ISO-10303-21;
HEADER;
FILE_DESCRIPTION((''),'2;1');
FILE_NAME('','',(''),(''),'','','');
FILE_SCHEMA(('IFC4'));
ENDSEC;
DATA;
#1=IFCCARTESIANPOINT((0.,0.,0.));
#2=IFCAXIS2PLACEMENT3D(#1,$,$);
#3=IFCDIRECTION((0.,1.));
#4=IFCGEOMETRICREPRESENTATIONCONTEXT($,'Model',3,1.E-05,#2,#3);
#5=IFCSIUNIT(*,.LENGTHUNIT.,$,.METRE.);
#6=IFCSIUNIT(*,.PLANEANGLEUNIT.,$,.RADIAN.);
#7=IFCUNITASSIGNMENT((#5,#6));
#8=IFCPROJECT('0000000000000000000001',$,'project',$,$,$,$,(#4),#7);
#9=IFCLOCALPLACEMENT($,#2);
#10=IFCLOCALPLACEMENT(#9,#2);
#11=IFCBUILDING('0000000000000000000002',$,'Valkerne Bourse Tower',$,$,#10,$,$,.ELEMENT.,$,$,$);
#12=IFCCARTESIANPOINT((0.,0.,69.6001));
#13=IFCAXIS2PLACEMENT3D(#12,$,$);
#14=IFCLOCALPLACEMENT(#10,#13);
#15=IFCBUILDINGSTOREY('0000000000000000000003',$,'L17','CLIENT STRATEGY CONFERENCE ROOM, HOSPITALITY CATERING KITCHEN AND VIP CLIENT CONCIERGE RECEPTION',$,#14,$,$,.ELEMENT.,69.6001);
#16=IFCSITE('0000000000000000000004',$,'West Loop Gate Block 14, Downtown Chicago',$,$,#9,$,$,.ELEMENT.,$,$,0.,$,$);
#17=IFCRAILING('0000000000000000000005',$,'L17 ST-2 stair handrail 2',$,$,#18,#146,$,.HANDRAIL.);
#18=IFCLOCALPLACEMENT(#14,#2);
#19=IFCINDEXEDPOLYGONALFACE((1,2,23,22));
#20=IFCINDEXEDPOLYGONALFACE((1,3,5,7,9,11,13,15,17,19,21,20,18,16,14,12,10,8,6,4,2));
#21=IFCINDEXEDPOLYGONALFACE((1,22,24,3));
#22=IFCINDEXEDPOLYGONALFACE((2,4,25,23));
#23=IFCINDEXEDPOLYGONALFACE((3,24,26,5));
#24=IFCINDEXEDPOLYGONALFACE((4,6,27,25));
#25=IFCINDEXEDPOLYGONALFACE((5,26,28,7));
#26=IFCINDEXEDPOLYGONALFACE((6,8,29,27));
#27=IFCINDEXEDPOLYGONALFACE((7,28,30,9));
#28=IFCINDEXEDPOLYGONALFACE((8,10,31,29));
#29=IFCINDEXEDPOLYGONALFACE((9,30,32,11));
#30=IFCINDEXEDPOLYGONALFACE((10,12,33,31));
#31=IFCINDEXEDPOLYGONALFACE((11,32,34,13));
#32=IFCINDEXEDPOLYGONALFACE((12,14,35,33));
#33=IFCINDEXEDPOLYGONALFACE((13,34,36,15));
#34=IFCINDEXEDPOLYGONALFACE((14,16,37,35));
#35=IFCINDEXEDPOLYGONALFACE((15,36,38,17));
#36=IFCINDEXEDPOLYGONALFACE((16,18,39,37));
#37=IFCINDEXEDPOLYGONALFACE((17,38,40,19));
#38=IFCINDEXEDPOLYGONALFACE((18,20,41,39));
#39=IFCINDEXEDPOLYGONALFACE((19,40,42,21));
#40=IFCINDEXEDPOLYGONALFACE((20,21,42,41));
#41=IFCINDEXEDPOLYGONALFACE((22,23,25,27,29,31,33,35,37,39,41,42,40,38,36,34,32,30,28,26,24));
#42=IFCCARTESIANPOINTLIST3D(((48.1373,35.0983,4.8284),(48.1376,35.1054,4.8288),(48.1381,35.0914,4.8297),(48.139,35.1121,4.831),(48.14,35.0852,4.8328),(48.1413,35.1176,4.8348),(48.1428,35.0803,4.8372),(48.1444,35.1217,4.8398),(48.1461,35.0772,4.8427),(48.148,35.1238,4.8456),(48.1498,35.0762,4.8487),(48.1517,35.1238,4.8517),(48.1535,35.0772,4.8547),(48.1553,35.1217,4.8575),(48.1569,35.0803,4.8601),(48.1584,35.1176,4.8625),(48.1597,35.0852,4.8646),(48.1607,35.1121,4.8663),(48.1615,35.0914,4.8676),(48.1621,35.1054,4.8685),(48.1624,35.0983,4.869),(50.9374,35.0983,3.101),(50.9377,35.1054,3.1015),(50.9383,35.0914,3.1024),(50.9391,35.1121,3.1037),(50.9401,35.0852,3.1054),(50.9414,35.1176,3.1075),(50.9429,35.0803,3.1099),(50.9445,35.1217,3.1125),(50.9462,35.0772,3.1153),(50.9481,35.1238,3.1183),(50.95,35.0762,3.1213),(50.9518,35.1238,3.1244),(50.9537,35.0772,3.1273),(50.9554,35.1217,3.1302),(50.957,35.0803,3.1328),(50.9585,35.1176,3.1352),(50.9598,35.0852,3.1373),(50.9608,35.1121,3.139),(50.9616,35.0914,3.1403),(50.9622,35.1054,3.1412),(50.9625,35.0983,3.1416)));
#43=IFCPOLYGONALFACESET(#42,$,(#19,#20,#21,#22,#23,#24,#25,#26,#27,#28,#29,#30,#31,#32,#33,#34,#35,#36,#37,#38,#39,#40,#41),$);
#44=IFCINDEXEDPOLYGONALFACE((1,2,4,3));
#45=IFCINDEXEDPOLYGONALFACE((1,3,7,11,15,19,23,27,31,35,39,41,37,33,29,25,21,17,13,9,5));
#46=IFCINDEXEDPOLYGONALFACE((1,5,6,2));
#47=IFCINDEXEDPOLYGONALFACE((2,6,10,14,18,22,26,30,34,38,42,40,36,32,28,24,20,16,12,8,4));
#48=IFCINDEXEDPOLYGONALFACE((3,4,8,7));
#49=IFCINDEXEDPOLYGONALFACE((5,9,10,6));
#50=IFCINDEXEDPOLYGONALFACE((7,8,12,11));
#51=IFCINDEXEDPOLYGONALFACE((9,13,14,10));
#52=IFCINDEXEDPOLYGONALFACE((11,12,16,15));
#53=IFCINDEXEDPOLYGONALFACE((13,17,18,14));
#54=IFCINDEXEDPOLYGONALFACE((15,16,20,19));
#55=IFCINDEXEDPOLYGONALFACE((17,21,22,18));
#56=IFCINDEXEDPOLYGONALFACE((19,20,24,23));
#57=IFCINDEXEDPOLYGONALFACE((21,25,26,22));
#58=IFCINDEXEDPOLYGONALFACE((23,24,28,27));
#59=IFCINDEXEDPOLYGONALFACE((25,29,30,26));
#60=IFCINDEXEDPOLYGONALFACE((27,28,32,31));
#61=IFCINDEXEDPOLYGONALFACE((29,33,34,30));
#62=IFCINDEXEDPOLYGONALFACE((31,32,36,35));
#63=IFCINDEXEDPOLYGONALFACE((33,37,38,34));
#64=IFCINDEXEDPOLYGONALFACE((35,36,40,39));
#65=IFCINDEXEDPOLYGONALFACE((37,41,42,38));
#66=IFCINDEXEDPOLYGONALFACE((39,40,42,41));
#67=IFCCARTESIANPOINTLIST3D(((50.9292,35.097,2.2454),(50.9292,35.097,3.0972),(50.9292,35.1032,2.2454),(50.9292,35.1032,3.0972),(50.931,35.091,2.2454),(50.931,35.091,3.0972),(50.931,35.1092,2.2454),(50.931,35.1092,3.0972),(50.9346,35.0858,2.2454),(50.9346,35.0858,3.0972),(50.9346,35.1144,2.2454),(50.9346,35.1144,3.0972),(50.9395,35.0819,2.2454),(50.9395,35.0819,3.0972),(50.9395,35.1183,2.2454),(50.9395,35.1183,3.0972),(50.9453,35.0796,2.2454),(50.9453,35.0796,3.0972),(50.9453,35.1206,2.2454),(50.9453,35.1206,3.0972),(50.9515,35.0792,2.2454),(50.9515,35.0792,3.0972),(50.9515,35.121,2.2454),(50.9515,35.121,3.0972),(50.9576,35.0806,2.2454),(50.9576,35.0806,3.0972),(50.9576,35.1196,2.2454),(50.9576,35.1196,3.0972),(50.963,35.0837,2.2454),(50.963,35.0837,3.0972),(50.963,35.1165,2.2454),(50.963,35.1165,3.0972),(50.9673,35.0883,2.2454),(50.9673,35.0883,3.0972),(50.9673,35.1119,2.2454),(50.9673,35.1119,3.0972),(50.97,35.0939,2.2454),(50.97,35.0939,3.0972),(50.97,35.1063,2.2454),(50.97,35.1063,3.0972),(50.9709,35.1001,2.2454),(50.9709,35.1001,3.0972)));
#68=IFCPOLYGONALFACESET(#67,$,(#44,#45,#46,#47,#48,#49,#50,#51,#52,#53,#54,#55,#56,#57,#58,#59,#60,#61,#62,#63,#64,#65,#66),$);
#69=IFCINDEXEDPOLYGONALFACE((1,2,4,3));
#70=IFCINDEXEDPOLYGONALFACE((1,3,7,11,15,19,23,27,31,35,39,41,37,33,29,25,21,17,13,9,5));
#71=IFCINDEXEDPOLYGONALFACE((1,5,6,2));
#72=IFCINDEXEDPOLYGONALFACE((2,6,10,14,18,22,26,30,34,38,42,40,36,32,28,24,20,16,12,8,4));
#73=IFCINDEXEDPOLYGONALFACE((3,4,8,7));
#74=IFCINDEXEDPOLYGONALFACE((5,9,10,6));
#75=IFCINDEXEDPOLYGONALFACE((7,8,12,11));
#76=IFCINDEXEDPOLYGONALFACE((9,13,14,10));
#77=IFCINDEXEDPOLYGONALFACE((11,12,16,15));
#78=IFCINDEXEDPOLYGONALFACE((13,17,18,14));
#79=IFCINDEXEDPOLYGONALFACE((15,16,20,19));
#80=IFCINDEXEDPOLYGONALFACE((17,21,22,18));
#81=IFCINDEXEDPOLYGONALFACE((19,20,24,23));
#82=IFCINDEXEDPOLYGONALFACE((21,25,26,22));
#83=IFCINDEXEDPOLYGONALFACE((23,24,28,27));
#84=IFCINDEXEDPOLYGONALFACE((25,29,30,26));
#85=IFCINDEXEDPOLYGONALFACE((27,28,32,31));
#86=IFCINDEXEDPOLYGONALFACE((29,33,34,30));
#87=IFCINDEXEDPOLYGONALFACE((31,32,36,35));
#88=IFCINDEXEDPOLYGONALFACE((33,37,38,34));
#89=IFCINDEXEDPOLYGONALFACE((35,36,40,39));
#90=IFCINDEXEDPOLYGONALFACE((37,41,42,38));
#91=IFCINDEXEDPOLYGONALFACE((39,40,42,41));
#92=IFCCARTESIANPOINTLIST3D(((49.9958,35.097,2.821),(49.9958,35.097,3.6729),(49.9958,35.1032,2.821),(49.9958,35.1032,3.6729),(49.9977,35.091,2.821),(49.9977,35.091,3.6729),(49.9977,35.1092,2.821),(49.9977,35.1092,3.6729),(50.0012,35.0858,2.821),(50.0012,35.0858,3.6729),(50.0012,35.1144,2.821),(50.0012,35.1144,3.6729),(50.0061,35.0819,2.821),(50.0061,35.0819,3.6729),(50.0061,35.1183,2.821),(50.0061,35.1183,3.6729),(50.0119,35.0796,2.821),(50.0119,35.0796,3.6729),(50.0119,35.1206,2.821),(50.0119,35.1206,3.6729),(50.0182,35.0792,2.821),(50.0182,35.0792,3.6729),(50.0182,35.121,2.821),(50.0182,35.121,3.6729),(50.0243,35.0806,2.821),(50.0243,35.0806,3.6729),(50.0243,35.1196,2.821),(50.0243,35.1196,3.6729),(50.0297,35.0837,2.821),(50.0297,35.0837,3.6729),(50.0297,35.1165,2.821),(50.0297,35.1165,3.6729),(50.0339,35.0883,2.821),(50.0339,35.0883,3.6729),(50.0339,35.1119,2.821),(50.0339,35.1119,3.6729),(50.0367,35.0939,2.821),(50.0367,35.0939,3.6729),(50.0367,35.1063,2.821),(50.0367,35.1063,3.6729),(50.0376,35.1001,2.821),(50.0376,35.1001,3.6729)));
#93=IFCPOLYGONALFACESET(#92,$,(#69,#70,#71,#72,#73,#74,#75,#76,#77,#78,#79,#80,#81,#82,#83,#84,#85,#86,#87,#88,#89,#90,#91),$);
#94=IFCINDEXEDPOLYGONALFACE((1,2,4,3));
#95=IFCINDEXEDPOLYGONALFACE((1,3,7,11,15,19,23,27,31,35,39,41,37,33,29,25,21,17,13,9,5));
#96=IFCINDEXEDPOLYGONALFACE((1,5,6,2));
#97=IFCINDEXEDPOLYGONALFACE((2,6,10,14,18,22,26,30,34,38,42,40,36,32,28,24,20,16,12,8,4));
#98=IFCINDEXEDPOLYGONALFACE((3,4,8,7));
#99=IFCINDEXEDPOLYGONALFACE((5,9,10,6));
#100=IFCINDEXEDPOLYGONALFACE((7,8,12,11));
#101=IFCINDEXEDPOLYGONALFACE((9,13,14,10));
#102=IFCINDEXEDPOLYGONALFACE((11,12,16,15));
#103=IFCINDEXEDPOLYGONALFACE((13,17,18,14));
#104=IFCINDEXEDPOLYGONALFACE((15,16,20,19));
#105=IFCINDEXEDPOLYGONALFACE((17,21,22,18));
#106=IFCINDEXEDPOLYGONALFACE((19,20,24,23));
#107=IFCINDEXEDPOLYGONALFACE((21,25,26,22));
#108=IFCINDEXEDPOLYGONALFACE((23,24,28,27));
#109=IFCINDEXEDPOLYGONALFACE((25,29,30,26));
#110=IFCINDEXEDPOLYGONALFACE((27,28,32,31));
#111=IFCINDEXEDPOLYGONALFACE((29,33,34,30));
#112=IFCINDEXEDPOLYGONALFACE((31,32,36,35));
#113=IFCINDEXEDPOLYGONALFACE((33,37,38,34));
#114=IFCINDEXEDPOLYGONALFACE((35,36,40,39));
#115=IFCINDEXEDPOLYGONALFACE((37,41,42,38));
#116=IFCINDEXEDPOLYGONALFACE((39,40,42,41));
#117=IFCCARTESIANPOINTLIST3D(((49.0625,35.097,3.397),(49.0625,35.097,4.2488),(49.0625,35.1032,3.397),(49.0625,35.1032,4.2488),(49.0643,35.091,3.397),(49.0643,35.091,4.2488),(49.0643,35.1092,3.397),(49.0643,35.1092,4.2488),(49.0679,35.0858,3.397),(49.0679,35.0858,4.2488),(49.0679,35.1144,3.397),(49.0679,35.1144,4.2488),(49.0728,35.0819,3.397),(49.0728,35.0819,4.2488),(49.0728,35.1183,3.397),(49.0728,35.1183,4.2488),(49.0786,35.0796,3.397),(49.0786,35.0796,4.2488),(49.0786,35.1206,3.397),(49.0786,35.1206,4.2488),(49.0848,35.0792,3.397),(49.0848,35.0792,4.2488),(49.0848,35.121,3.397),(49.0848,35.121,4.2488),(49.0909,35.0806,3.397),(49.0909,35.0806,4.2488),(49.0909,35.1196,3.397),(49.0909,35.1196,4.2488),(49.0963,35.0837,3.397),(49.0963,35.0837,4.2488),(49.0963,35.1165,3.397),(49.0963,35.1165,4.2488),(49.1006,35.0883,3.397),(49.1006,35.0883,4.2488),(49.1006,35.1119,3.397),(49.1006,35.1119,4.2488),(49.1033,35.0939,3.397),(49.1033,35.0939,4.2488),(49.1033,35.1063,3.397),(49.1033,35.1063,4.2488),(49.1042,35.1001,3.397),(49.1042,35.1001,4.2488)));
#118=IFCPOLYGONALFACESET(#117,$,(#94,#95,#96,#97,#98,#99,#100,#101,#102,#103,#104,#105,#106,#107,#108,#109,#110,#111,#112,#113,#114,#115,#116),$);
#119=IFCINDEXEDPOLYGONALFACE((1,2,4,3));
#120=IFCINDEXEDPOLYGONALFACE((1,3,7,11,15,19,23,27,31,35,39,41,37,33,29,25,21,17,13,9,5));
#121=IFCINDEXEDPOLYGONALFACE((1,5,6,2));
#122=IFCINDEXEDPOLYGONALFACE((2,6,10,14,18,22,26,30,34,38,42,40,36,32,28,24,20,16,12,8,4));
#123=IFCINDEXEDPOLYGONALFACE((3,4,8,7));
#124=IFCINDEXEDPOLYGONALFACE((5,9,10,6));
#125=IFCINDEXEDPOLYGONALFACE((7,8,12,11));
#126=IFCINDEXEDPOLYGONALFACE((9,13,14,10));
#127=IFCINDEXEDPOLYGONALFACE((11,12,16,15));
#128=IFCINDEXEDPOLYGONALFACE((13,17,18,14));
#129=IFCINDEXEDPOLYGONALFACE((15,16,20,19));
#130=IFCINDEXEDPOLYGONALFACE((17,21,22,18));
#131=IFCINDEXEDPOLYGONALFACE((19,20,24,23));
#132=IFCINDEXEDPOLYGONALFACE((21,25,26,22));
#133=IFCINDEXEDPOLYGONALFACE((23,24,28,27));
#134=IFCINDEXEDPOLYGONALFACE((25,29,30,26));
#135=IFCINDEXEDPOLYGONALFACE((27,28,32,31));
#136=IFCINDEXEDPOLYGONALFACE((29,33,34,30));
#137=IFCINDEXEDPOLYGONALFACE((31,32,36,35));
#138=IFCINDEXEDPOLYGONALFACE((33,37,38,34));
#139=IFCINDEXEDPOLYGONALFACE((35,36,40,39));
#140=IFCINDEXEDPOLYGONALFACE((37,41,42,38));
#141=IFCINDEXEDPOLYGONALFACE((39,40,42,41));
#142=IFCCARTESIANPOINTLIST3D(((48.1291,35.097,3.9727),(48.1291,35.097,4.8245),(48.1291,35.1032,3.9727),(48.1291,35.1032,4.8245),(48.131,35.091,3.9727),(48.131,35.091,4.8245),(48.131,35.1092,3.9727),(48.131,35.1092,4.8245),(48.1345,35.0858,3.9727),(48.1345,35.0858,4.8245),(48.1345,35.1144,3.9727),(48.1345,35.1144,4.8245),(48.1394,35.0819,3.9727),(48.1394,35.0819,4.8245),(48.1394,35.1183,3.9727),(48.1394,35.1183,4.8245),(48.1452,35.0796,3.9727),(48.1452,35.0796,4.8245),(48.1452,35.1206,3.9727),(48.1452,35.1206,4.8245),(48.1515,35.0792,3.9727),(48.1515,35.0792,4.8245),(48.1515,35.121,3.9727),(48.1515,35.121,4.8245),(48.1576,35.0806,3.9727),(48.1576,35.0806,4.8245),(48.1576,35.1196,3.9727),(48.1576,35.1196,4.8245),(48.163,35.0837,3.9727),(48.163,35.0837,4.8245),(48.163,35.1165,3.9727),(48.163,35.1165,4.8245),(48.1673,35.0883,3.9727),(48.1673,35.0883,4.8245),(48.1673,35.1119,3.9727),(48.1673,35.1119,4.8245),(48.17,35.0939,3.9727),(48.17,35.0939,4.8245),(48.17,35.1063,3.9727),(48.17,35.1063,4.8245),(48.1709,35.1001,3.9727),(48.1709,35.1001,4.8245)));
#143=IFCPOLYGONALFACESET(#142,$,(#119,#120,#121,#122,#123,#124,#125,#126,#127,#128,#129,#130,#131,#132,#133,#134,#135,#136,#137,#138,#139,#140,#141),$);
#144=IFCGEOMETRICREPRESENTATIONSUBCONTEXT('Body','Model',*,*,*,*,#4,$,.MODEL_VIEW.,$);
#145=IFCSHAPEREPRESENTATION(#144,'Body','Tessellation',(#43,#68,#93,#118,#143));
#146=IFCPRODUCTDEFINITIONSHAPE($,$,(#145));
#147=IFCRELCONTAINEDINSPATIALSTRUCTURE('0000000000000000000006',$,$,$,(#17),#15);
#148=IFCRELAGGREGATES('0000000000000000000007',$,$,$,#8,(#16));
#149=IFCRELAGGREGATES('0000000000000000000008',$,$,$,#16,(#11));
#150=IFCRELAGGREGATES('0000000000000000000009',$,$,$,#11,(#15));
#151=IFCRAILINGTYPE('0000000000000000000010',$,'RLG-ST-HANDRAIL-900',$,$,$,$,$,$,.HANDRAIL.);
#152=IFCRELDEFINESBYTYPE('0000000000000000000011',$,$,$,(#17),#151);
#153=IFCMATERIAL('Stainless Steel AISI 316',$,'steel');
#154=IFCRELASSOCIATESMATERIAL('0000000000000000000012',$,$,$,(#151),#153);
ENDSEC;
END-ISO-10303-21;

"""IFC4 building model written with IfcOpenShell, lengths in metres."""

from ifc_helpers import new_model, si_unit, direction, frame, origin, origin_2d, place, context, subcontext, project, spatial, circle, extrude, material, type_object, element, save


model = new_model("IFC4")

# Units and contexts
model_context = context("Model", 3, precision=1e-05, world=origin(), true_north=direction((0.0, 1.0)))
body_context = subcontext(model_context, "Body", "Model", "MODEL_VIEW")
ifc_project = project(units=[si_unit("LENGTHUNIT", "METRE"), si_unit("PLANEANGLEUNIT", "RADIAN")], contexts=[model_context])

# Site, building, storey
site_placement = place(None, origin())
site = spatial("IfcSite", under=ifc_project, at=site_placement, Name="West Loop Gate Block 14, Downtown Chicago", CompositionType="ELEMENT", RefElevation=0.0)
building_placement = place(site_placement, origin())
building = spatial("IfcBuilding", under=site, at=building_placement, Name="Valkerne Bourse Tower", CompositionType="ELEMENT")
storey_placement = place(building_placement, frame((0.0, 0.0, 69.6001)))
storey = spatial("IfcBuildingStorey", under=building, at=storey_placement, Name="L17", Description="CLIENT STRATEGY CONFERENCE ROOM, HOSPITALITY CATERING KITCHEN AND VIP CLIENT CONCIERGE RECEPTION", CompositionType="ELEMENT", Elevation=69.6001)

# Railing
ifc_material_1 = material(Name="Stainless Steel AISI 316", Category="steel")
railing_type_1 = type_object("IfcRailingType", Name="RLG-ST-HANDRAIL-900", PredefinedType="HANDRAIL", material=ifc_material_1)
railing_1_placement = place(storey_placement, frame((50.95, 35.1001, 2.2454)))
element("IfcRailing", 1, at=railing_1_placement, inside=storey, type_object=railing_type_1, Name="L17 ST-2 stair handrail 2", PredefinedType="HANDRAIL", context=body_context, shape_type="SweptSolid", body=[
    extrude(circle(Radius=0.0239, at=origin_2d()), frame((0.0, 0.0, 0.876), z_axis=(-0.85109, 0.0, 0.52502), x_axis=(0.0, -1.0, 0.0)), (0.0, 0.0, 1.0), 3.29),
    extrude(circle(Radius=0.021, at=origin_2d()), origin(), (0.0, 0.0, 1.0), 0.8518),
    extrude(circle(Radius=0.021, at=origin_2d()), frame((-0.9333, 0.0, 0.5757)), (0.0, 0.0, 1.0), 0.8518),
    extrude(circle(Radius=0.021, at=origin_2d()), frame((-1.8667, 0.0, 1.1516)), (0.0, 0.0, 1.0), 0.8518),
    extrude(circle(Radius=0.021, at=origin_2d()), frame((-2.8, 0.0, 1.7273)), (0.0, 0.0, 1.0), 0.8518),
])

save(model, "model.ifc")
